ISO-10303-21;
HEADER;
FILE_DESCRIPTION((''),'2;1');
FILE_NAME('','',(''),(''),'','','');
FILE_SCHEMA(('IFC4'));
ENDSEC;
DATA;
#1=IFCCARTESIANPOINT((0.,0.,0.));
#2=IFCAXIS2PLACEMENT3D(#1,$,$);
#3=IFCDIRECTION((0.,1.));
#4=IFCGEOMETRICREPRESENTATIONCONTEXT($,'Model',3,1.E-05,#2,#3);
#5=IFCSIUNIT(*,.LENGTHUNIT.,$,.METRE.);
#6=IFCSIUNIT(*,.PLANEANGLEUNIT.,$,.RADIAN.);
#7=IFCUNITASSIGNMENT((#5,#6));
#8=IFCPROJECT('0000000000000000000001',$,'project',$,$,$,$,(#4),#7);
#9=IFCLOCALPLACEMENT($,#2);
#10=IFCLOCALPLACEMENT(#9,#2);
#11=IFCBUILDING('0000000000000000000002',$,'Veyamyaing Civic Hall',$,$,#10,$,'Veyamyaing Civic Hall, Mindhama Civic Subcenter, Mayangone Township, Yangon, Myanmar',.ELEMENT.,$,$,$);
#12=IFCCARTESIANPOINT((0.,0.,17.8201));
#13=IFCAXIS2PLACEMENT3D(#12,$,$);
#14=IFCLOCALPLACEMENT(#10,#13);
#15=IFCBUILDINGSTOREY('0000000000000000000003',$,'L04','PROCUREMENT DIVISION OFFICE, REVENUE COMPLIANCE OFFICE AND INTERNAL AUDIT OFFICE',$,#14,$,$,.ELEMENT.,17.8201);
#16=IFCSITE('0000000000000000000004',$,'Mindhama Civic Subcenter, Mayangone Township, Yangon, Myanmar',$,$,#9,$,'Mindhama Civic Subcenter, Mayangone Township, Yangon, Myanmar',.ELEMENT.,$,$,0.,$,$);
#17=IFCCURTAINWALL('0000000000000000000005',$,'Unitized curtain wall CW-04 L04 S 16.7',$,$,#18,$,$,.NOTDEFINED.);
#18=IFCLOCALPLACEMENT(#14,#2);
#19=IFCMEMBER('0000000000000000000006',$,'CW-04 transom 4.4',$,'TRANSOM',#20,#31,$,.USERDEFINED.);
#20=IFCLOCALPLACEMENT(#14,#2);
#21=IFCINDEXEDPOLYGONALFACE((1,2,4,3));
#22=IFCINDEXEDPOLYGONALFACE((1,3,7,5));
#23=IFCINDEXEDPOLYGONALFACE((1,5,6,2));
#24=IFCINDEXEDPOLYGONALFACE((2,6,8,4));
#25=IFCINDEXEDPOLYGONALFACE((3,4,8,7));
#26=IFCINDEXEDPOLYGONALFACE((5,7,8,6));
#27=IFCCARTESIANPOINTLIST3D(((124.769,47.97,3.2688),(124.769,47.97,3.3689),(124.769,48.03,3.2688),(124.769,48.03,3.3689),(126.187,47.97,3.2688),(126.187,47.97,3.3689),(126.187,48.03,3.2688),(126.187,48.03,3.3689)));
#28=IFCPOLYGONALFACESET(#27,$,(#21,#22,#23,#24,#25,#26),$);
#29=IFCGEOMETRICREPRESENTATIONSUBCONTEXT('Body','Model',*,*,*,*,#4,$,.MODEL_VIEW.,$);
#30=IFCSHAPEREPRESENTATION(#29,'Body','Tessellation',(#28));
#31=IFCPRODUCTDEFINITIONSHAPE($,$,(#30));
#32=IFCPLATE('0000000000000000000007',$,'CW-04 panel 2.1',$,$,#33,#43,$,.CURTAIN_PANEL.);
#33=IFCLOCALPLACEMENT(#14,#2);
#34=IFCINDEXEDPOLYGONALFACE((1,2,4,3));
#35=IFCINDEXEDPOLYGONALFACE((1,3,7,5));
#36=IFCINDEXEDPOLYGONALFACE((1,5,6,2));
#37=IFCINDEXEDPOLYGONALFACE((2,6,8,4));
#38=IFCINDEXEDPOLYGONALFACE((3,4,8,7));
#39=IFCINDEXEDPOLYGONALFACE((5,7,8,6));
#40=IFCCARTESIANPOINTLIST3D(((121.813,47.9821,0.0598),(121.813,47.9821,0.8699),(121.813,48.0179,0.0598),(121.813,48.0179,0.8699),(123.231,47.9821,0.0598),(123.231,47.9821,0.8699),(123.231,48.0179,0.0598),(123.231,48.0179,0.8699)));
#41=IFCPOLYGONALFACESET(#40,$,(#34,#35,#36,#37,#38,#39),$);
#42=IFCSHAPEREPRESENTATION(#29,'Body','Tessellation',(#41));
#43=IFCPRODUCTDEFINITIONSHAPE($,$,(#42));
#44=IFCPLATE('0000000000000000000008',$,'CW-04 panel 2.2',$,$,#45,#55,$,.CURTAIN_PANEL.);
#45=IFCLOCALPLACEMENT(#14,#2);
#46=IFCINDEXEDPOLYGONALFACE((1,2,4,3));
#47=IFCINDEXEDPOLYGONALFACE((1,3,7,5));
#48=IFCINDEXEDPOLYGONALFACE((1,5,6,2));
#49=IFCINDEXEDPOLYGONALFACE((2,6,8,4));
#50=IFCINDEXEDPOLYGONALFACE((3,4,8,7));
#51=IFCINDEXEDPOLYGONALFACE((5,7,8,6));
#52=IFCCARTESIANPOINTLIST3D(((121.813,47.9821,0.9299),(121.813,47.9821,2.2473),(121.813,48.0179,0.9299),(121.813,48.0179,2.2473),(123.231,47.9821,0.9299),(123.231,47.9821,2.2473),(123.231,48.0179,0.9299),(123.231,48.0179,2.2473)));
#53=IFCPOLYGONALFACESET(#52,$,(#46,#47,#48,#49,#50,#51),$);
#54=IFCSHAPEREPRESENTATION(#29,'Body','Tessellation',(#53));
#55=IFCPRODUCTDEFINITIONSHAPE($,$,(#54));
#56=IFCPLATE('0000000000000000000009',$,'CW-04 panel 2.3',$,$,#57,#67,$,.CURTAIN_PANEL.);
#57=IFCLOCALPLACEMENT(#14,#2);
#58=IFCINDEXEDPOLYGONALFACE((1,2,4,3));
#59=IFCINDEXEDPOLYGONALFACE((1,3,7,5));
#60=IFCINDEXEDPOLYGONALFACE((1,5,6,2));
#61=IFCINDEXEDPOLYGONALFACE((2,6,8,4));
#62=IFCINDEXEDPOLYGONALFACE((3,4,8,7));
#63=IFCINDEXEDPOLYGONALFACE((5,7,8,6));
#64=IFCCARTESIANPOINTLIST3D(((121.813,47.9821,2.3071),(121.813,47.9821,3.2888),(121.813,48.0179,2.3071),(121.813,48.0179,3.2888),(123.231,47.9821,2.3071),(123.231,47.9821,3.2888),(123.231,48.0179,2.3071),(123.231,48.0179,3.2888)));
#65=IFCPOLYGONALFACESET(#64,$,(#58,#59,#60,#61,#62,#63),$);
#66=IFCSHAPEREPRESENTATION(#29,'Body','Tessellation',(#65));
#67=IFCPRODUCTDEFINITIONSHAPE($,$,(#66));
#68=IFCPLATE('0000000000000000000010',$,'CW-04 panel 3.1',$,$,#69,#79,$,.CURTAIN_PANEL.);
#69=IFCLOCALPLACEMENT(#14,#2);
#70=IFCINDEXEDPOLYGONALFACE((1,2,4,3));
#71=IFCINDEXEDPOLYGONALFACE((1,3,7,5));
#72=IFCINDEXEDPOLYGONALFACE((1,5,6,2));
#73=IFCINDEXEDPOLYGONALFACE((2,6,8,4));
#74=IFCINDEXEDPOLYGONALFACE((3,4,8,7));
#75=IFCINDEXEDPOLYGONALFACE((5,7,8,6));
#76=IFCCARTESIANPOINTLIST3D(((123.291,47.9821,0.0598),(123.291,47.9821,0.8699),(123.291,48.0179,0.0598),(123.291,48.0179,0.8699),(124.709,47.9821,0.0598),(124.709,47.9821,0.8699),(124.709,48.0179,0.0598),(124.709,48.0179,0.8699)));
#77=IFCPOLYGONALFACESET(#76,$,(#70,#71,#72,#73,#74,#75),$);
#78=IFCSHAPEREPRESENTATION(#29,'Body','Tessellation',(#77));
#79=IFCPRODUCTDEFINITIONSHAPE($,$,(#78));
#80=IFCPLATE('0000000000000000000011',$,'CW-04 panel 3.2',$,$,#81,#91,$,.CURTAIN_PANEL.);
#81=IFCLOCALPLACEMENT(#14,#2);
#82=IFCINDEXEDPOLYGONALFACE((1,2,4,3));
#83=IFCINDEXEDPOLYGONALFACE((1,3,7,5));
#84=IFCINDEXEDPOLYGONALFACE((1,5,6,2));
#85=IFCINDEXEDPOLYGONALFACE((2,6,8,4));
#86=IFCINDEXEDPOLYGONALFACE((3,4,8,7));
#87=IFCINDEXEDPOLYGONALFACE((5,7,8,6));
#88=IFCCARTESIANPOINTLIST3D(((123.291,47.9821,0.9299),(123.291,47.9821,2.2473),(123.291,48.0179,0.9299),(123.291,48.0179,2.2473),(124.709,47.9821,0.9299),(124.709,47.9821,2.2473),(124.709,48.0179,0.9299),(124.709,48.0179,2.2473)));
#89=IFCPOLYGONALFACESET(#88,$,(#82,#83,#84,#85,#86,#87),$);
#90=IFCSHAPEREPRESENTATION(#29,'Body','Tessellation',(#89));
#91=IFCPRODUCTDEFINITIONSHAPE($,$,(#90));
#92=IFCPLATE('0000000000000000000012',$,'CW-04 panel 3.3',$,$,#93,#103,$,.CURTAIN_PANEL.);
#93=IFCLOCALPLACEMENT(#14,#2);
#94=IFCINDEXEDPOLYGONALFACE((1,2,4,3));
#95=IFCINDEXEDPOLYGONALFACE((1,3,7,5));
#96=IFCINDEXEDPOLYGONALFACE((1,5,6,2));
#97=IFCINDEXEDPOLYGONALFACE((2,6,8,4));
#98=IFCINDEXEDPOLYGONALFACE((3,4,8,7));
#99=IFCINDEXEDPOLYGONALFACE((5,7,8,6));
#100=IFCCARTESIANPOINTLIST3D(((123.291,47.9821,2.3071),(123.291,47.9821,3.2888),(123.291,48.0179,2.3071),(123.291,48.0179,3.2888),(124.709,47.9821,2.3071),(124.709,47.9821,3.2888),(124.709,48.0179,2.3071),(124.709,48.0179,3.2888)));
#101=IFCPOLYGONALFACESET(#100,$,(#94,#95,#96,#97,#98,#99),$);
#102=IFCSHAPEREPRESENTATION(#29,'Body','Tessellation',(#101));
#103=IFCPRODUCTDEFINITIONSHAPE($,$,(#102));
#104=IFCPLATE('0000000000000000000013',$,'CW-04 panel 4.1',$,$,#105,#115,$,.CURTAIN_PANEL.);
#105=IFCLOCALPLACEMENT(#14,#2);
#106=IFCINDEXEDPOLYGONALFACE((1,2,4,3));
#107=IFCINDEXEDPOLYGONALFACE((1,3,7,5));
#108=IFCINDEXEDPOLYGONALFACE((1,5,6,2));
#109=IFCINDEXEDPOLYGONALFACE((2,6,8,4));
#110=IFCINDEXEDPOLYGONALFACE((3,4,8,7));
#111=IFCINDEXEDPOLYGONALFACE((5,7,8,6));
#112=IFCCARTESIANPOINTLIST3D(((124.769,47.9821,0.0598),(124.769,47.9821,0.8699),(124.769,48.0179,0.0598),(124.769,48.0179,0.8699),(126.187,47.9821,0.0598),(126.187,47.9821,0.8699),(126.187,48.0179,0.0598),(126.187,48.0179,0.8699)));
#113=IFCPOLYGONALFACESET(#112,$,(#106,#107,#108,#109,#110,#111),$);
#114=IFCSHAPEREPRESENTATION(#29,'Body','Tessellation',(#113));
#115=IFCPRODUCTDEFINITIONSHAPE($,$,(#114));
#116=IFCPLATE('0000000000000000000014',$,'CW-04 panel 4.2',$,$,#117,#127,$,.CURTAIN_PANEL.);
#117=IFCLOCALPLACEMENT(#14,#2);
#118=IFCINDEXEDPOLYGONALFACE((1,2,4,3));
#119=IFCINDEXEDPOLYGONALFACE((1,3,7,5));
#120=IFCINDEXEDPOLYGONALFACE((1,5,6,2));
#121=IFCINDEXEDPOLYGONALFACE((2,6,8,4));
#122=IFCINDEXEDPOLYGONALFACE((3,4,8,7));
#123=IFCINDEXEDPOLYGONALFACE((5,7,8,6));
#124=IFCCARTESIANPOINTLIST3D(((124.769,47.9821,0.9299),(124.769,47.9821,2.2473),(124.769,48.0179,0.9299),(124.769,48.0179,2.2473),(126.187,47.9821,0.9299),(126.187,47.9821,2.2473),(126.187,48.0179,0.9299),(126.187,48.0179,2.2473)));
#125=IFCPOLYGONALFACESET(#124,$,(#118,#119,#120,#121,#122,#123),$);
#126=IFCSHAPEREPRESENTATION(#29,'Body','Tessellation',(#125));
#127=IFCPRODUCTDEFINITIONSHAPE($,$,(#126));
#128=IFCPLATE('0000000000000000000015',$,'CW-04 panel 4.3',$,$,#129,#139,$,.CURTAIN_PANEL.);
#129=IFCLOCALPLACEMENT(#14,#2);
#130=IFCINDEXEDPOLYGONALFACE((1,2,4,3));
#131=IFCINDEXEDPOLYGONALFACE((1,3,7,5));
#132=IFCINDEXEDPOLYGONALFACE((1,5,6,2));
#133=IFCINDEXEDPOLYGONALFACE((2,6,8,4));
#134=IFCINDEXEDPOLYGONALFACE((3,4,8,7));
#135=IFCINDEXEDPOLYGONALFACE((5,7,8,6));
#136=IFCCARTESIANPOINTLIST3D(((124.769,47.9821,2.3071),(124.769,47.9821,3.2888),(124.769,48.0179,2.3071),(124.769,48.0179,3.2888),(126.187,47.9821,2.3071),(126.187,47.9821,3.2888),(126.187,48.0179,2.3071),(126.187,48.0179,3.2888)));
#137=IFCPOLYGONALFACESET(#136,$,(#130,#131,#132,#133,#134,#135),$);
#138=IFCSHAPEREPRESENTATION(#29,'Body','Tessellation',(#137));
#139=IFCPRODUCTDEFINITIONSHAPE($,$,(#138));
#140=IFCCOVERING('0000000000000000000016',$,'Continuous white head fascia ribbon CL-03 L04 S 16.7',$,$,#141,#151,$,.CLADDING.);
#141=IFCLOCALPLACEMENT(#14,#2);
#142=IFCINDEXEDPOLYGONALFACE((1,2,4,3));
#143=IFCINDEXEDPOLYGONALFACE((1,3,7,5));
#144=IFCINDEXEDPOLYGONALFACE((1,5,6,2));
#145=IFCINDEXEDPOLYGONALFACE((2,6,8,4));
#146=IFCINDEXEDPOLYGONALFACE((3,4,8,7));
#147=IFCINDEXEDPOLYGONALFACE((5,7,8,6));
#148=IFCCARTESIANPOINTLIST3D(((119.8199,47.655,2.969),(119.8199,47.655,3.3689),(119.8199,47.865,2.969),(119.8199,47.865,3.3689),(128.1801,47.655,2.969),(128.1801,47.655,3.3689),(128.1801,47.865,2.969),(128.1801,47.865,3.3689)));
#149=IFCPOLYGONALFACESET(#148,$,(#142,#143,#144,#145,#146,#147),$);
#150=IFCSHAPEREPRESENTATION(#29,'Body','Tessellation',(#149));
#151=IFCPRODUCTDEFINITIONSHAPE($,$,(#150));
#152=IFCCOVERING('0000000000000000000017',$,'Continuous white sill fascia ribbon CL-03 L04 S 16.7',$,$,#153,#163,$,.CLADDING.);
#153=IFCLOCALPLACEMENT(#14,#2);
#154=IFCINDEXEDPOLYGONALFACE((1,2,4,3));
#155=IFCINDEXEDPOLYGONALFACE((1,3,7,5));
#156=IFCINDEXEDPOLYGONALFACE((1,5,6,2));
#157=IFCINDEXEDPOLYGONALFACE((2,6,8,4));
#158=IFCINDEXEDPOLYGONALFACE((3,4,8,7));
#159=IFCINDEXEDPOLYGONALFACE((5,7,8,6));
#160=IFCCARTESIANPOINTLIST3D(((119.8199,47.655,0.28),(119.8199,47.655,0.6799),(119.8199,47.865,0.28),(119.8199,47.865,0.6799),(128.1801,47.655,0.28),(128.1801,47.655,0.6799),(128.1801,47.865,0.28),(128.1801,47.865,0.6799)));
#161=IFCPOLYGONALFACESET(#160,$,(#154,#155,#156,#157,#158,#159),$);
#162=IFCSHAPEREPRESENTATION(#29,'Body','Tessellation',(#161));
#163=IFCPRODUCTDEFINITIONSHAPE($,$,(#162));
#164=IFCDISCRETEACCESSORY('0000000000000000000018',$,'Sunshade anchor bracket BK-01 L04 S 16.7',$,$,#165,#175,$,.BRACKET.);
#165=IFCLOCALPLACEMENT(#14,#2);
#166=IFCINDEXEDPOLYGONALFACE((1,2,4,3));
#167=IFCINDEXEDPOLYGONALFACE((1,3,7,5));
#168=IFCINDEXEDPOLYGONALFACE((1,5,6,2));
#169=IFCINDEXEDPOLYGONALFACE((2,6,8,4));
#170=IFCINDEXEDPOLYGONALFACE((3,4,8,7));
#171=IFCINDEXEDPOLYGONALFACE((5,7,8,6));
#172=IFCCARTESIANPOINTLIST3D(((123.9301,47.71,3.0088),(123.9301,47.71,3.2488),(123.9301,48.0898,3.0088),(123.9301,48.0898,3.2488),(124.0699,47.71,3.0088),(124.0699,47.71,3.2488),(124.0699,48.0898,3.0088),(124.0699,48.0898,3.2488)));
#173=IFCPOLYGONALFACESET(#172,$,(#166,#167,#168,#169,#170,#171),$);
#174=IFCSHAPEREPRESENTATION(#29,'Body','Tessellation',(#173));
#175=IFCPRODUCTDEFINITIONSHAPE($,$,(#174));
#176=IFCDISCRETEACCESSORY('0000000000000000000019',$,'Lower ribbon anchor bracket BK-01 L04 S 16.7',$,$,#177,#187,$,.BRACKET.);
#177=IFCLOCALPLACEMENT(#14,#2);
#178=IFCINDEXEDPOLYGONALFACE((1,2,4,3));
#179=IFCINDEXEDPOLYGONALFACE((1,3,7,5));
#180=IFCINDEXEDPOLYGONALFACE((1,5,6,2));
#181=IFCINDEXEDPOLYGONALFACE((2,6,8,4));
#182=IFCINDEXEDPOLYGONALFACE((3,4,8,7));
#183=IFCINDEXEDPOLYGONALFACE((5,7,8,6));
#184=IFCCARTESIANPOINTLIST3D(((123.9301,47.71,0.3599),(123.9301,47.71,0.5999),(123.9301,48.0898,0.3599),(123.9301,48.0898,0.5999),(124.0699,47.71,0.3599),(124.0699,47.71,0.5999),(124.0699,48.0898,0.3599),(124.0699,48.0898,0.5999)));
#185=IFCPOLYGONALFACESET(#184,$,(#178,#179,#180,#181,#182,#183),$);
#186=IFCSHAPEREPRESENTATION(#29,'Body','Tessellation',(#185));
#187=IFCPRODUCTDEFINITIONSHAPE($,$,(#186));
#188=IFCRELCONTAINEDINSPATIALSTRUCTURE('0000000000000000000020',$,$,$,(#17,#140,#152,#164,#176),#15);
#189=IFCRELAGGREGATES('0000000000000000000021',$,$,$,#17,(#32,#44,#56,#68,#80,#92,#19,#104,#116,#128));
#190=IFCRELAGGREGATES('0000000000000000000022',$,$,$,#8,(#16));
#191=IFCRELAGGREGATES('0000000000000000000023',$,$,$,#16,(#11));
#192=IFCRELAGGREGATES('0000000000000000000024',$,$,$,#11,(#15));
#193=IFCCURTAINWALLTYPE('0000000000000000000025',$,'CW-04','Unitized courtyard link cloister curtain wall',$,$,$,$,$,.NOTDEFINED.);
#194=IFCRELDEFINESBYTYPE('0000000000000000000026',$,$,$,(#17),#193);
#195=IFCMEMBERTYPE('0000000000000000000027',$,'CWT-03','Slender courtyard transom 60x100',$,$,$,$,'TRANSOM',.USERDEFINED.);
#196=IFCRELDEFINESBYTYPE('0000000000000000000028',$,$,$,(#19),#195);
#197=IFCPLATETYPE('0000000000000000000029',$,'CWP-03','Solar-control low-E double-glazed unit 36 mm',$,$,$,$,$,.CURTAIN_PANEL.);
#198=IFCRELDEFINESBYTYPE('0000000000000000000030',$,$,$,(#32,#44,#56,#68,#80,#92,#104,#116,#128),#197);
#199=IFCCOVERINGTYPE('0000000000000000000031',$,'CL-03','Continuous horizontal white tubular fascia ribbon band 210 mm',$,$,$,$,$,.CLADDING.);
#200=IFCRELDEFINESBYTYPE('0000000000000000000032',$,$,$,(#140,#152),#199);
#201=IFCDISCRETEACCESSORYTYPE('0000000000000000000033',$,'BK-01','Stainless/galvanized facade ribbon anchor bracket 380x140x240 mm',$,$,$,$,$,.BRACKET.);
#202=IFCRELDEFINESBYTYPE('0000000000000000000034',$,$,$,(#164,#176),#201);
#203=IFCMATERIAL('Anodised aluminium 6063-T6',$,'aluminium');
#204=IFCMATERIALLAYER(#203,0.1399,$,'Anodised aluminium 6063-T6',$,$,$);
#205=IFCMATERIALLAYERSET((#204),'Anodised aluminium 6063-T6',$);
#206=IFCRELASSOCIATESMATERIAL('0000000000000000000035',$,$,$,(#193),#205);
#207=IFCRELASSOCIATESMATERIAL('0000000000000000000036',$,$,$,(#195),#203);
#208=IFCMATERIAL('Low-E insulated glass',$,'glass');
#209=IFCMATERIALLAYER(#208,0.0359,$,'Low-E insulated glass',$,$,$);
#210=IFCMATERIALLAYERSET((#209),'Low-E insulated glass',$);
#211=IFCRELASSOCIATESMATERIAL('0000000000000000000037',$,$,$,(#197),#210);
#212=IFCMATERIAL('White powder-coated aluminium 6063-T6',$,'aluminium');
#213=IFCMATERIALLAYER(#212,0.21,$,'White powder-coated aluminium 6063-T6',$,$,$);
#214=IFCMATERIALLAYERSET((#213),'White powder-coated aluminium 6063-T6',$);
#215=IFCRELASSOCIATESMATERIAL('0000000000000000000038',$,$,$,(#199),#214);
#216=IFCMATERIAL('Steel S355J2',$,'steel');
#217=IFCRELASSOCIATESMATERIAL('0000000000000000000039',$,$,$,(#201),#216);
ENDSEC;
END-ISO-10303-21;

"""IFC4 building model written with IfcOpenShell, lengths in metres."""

from ifc_helpers import new_model, si_unit, direction, frame, origin, origin_2d, place, context, subcontext, project, spatial, rectangle, extrude, material, layer, layer_set, material_profile, profile_set, type_object, element, aggregate, save


model = new_model("IFC4")

# Units and contexts
model_context = context("Model", 3, precision=1e-05, world=origin(), true_north=direction((0.0, 1.0)))
body_context = subcontext(model_context, "Body", "Model", "MODEL_VIEW")
ifc_project = project(units=[si_unit("LENGTHUNIT", "METRE"), si_unit("PLANEANGLEUNIT", "RADIAN")], contexts=[model_context])

# Site, building, storey
site_placement = place(None, origin())
site = spatial("IfcSite", under=ifc_project, at=site_placement, Name="Mindhama Civic Subcenter, Mayangone Township, Yangon, Myanmar", LongName="Mindhama Civic Subcenter, Mayangone Township, Yangon, Myanmar", CompositionType="ELEMENT", RefElevation=0.0)
building_placement = place(site_placement, origin())
building = spatial("IfcBuilding", under=site, at=building_placement, Name="Veyamyaing Civic Hall", LongName="Veyamyaing Civic Hall, Mindhama Civic Subcenter, Mayangone Township, Yangon, Myanmar", CompositionType="ELEMENT")
storey_placement = place(building_placement, frame((0.0, 0.0, 17.8201)))
storey = spatial("IfcBuildingStorey", under=building, at=storey_placement, Name="L04", Description="PROCUREMENT DIVISION OFFICE, REVENUE COMPLIANCE OFFICE AND INTERNAL AUDIT OFFICE", CompositionType="ELEMENT", Elevation=17.8201)

# Curtain wall, member, plates
ifc_material_1 = material(Name="Anodised aluminium 6063-T6", Category="aluminium")
ifc_layer_1 = layer(ifc_material_1, 0.1399, Name="Anodised aluminium 6063-T6")
ifc_layer_set_1 = layer_set([ifc_layer_1], Name="Anodised aluminium 6063-T6")
curtain_wall_type = type_object("IfcCurtainWallType", Name="CW-04", Description="Unitized courtyard link cloister curtain wall", PredefinedType="NOTDEFINED", material=ifc_layer_set_1)
curtain_wall_placement = place(storey_placement, origin())
curtain_wall = element("IfcCurtainWall", 1, at=curtain_wall_placement, inside=storey, type_object=curtain_wall_type, Name="Unitized curtain wall CW-04 L04 S 16.7", PredefinedType="NOTDEFINED")
ifc_material_profile_1 = material_profile(ifc_material_1, rectangle(XDim=0.0601, YDim=0.1001, at=origin_2d()), Name="ALU-TRN-60X100")
ifc_profile_set_1 = profile_set([ifc_material_profile_1], Name="Anodised aluminium 6063-T6")
member_type_1 = type_object("IfcMemberType", Name="CWT-03", Description="Slender courtyard transom 60x100", ElementType="TRANSOM", PredefinedType="USERDEFINED", material=ifc_profile_set_1)
member_1_placement = place(storey_placement, frame((124.769, 48.0, 3.3188), z_axis=(1.0, 0.0, 0.0), x_axis=(0.0, 1.0, 0.0)))
member_1 = element("IfcMember", 2, at=member_1_placement, type_object=member_type_1, Name="CW-04 transom 4.4", ObjectType="TRANSOM", PredefinedType="USERDEFINED", context=body_context, shape_type="SweptSolid", body=[
    extrude(rectangle(XDim=0.0601, YDim=0.1001, at=origin_2d()), origin(), (0.0, 0.0, 1.0), 1.418),
])
ifc_material_2 = material(Name="Low-E insulated glass", Category="glass")
ifc_layer_2 = layer(ifc_material_2, 0.0359, Name="Low-E insulated glass")
ifc_layer_set_2 = layer_set([ifc_layer_2], Name="Low-E insulated glass")
plate_type = type_object("IfcPlateType", Name="CWP-03", Description="Solar-control low-E double-glazed unit 36 mm", PredefinedType="CURTAIN_PANEL", material=ifc_layer_set_2)
plate_1_placement = place(storey_placement, frame((122.522, 48.0, 0.0598), z_axis=(0.0, 0.0, 1.0), x_axis=(1.0, 0.0, 0.0)))
plate_1 = element("IfcPlate", 3, at=plate_1_placement, type_object=plate_type, Name="CW-04 panel 2.1", PredefinedType="CURTAIN_PANEL", context=body_context, shape_type="SweptSolid", body=[
    extrude(rectangle(XDim=1.418, YDim=0.0359, at=origin_2d()), origin(), (0.0, 0.0, 1.0), 0.8101),
])
plate_2_placement = place(storey_placement, frame((122.522, 48.0, 0.9299), z_axis=(0.0, 0.0, 1.0), x_axis=(1.0, 0.0, 0.0)))
plate_2 = element("IfcPlate", 4, at=plate_2_placement, type_object=plate_type, Name="CW-04 panel 2.2", PredefinedType="CURTAIN_PANEL", context=body_context, shape_type="SweptSolid", body=[
    extrude(rectangle(XDim=1.418, YDim=0.0359, at=origin_2d()), origin(), (0.0, 0.0, 1.0), 1.3174),
])
plate_3_placement = place(storey_placement, frame((122.522, 48.0, 2.3071), z_axis=(0.0, 0.0, 1.0), x_axis=(1.0, 0.0, 0.0)))
plate_3 = element("IfcPlate", 5, at=plate_3_placement, type_object=plate_type, Name="CW-04 panel 2.3", PredefinedType="CURTAIN_PANEL", context=body_context, shape_type="SweptSolid", body=[
    extrude(rectangle(XDim=1.418, YDim=0.0359, at=origin_2d()), origin(), (0.0, 0.0, 1.0), 0.9817),
])
plate_4_placement = place(storey_placement, frame((124.0, 48.0, 0.0598), z_axis=(0.0, 0.0, 1.0), x_axis=(1.0, 0.0, 0.0)))
plate_4 = element("IfcPlate", 6, at=plate_4_placement, type_object=plate_type, Name="CW-04 panel 3.1", PredefinedType="CURTAIN_PANEL", context=body_context, shape_type="SweptSolid", body=[
    extrude(rectangle(XDim=1.418, YDim=0.0359, at=origin_2d()), origin(), (0.0, 0.0, 1.0), 0.8101),
])
plate_5_placement = place(storey_placement, frame((124.0, 48.0, 0.9299), z_axis=(0.0, 0.0, 1.0), x_axis=(1.0, 0.0, 0.0)))
plate_5 = element("IfcPlate", 7, at=plate_5_placement, type_object=plate_type, Name="CW-04 panel 3.2", PredefinedType="CURTAIN_PANEL", context=body_context, shape_type="SweptSolid", body=[
    extrude(rectangle(XDim=1.418, YDim=0.0359, at=origin_2d()), origin(), (0.0, 0.0, 1.0), 1.3174),
])
plate_6_placement = place(storey_placement, frame((124.0, 48.0, 2.3071), z_axis=(0.0, 0.0, 1.0), x_axis=(1.0, 0.0, 0.0)))
plate_6 = element("IfcPlate", 8, at=plate_6_placement, type_object=plate_type, Name="CW-04 panel 3.3", PredefinedType="CURTAIN_PANEL", context=body_context, shape_type="SweptSolid", body=[
    extrude(rectangle(XDim=1.418, YDim=0.0359, at=origin_2d()), origin(), (0.0, 0.0, 1.0), 0.9817),
])
plate_7_placement = place(storey_placement, frame((125.478, 48.0, 0.0598), z_axis=(0.0, 0.0, 1.0), x_axis=(1.0, 0.0, 0.0)))
plate_7 = element("IfcPlate", 9, at=plate_7_placement, type_object=plate_type, Name="CW-04 panel 4.1", PredefinedType="CURTAIN_PANEL", context=body_context, shape_type="SweptSolid", body=[
    extrude(rectangle(XDim=1.418, YDim=0.0359, at=origin_2d()), origin(), (0.0, 0.0, 1.0), 0.8101),
])
plate_8_placement = place(storey_placement, frame((125.478, 48.0, 0.9299), z_axis=(0.0, 0.0, 1.0), x_axis=(1.0, 0.0, 0.0)))
plate_8 = element("IfcPlate", 10, at=plate_8_placement, type_object=plate_type, Name="CW-04 panel 4.2", PredefinedType="CURTAIN_PANEL", context=body_context, shape_type="SweptSolid", body=[
    extrude(rectangle(XDim=1.418, YDim=0.0359, at=origin_2d()), origin(), (0.0, 0.0, 1.0), 1.3174),
])
plate_9_placement = place(storey_placement, frame((125.478, 48.0, 2.3071), z_axis=(0.0, 0.0, 1.0), x_axis=(1.0, 0.0, 0.0)))
plate_9 = element("IfcPlate", 11, at=plate_9_placement, type_object=plate_type, Name="CW-04 panel 4.3", PredefinedType="CURTAIN_PANEL", context=body_context, shape_type="SweptSolid", body=[
    extrude(rectangle(XDim=1.418, YDim=0.0359, at=origin_2d()), origin(), (0.0, 0.0, 1.0), 0.9817),
])
aggregate(curtain_wall, [plate_1, plate_2, plate_3, plate_4, plate_5, plate_6, member_1, plate_7, plate_8, plate_9])

# Coverings
ifc_material_3 = material(Name="White powder-coated aluminium 6063-T6", Category="aluminium")
ifc_layer_3 = layer(ifc_material_3, 0.21, Name="White powder-coated aluminium 6063-T6")
ifc_layer_set_3 = layer_set([ifc_layer_3], Name="White powder-coated aluminium 6063-T6")
covering_type = type_object("IfcCoveringType", Name="CL-03", Description="Continuous horizontal white tubular fascia ribbon band 210 mm", PredefinedType="CLADDING", material=ifc_layer_set_3)
for number, where, z_axis, x_axis, name in (
    (12, (124.0, 47.76, 2.969), (0.0, 0.0, 1.0), (1.0, 0.0, 0.0), "Continuous white head fascia ribbon CL-03 L04 S 16.7"),
    (13, (124.0, 47.76, 0.28), (0.0, 0.0, 1.0), (1.0, 0.0, 0.0), "Continuous white sill fascia ribbon CL-03 L04 S 16.7"),
):
    element("IfcCovering", number, at=place(storey_placement, frame(where, z_axis=z_axis, x_axis=x_axis)), inside=storey, type_object=covering_type, Name=name, PredefinedType="CLADDING", context=body_context, shape_type="SweptSolid", body=[
        extrude(rectangle(XDim=8.3601, YDim=0.21, at=origin_2d()), origin(), (0.0, 0.0, 1.0), 0.3999),
    ])

# Discrete accessories
ifc_material_4 = material(Name="Steel S355J2", Category="steel")
discrete_accessory_type = type_object("IfcDiscreteAccessoryType", Name="BK-01", Description="Stainless/galvanized facade ribbon anchor bracket 380x140x240 mm", PredefinedType="BRACKET", material=ifc_material_4)
for number, where, z_axis, x_axis, name in (
    (14, (124.0, 47.8999, 3.0088), (0.0, 0.0, 1.0), (0.0, -1.0, 0.0), "Sunshade anchor bracket BK-01 L04 S 16.7"),
    (15, (124.0, 47.8999, 0.3599), (0.0, 0.0, 1.0), (0.0, -1.0, 0.0), "Lower ribbon anchor bracket BK-01 L04 S 16.7"),
):
    element("IfcDiscreteAccessory", number, at=place(storey_placement, frame(where, z_axis=z_axis, x_axis=x_axis)), inside=storey, type_object=discrete_accessory_type, Name=name, PredefinedType="BRACKET", context=body_context, shape_type="SweptSolid", body=[
        extrude(rectangle(XDim=0.3799, YDim=0.1399, at=origin_2d()), origin(), (0.0, 0.0, 1.0), 0.24),
    ])

save(model, "model.ifc")
